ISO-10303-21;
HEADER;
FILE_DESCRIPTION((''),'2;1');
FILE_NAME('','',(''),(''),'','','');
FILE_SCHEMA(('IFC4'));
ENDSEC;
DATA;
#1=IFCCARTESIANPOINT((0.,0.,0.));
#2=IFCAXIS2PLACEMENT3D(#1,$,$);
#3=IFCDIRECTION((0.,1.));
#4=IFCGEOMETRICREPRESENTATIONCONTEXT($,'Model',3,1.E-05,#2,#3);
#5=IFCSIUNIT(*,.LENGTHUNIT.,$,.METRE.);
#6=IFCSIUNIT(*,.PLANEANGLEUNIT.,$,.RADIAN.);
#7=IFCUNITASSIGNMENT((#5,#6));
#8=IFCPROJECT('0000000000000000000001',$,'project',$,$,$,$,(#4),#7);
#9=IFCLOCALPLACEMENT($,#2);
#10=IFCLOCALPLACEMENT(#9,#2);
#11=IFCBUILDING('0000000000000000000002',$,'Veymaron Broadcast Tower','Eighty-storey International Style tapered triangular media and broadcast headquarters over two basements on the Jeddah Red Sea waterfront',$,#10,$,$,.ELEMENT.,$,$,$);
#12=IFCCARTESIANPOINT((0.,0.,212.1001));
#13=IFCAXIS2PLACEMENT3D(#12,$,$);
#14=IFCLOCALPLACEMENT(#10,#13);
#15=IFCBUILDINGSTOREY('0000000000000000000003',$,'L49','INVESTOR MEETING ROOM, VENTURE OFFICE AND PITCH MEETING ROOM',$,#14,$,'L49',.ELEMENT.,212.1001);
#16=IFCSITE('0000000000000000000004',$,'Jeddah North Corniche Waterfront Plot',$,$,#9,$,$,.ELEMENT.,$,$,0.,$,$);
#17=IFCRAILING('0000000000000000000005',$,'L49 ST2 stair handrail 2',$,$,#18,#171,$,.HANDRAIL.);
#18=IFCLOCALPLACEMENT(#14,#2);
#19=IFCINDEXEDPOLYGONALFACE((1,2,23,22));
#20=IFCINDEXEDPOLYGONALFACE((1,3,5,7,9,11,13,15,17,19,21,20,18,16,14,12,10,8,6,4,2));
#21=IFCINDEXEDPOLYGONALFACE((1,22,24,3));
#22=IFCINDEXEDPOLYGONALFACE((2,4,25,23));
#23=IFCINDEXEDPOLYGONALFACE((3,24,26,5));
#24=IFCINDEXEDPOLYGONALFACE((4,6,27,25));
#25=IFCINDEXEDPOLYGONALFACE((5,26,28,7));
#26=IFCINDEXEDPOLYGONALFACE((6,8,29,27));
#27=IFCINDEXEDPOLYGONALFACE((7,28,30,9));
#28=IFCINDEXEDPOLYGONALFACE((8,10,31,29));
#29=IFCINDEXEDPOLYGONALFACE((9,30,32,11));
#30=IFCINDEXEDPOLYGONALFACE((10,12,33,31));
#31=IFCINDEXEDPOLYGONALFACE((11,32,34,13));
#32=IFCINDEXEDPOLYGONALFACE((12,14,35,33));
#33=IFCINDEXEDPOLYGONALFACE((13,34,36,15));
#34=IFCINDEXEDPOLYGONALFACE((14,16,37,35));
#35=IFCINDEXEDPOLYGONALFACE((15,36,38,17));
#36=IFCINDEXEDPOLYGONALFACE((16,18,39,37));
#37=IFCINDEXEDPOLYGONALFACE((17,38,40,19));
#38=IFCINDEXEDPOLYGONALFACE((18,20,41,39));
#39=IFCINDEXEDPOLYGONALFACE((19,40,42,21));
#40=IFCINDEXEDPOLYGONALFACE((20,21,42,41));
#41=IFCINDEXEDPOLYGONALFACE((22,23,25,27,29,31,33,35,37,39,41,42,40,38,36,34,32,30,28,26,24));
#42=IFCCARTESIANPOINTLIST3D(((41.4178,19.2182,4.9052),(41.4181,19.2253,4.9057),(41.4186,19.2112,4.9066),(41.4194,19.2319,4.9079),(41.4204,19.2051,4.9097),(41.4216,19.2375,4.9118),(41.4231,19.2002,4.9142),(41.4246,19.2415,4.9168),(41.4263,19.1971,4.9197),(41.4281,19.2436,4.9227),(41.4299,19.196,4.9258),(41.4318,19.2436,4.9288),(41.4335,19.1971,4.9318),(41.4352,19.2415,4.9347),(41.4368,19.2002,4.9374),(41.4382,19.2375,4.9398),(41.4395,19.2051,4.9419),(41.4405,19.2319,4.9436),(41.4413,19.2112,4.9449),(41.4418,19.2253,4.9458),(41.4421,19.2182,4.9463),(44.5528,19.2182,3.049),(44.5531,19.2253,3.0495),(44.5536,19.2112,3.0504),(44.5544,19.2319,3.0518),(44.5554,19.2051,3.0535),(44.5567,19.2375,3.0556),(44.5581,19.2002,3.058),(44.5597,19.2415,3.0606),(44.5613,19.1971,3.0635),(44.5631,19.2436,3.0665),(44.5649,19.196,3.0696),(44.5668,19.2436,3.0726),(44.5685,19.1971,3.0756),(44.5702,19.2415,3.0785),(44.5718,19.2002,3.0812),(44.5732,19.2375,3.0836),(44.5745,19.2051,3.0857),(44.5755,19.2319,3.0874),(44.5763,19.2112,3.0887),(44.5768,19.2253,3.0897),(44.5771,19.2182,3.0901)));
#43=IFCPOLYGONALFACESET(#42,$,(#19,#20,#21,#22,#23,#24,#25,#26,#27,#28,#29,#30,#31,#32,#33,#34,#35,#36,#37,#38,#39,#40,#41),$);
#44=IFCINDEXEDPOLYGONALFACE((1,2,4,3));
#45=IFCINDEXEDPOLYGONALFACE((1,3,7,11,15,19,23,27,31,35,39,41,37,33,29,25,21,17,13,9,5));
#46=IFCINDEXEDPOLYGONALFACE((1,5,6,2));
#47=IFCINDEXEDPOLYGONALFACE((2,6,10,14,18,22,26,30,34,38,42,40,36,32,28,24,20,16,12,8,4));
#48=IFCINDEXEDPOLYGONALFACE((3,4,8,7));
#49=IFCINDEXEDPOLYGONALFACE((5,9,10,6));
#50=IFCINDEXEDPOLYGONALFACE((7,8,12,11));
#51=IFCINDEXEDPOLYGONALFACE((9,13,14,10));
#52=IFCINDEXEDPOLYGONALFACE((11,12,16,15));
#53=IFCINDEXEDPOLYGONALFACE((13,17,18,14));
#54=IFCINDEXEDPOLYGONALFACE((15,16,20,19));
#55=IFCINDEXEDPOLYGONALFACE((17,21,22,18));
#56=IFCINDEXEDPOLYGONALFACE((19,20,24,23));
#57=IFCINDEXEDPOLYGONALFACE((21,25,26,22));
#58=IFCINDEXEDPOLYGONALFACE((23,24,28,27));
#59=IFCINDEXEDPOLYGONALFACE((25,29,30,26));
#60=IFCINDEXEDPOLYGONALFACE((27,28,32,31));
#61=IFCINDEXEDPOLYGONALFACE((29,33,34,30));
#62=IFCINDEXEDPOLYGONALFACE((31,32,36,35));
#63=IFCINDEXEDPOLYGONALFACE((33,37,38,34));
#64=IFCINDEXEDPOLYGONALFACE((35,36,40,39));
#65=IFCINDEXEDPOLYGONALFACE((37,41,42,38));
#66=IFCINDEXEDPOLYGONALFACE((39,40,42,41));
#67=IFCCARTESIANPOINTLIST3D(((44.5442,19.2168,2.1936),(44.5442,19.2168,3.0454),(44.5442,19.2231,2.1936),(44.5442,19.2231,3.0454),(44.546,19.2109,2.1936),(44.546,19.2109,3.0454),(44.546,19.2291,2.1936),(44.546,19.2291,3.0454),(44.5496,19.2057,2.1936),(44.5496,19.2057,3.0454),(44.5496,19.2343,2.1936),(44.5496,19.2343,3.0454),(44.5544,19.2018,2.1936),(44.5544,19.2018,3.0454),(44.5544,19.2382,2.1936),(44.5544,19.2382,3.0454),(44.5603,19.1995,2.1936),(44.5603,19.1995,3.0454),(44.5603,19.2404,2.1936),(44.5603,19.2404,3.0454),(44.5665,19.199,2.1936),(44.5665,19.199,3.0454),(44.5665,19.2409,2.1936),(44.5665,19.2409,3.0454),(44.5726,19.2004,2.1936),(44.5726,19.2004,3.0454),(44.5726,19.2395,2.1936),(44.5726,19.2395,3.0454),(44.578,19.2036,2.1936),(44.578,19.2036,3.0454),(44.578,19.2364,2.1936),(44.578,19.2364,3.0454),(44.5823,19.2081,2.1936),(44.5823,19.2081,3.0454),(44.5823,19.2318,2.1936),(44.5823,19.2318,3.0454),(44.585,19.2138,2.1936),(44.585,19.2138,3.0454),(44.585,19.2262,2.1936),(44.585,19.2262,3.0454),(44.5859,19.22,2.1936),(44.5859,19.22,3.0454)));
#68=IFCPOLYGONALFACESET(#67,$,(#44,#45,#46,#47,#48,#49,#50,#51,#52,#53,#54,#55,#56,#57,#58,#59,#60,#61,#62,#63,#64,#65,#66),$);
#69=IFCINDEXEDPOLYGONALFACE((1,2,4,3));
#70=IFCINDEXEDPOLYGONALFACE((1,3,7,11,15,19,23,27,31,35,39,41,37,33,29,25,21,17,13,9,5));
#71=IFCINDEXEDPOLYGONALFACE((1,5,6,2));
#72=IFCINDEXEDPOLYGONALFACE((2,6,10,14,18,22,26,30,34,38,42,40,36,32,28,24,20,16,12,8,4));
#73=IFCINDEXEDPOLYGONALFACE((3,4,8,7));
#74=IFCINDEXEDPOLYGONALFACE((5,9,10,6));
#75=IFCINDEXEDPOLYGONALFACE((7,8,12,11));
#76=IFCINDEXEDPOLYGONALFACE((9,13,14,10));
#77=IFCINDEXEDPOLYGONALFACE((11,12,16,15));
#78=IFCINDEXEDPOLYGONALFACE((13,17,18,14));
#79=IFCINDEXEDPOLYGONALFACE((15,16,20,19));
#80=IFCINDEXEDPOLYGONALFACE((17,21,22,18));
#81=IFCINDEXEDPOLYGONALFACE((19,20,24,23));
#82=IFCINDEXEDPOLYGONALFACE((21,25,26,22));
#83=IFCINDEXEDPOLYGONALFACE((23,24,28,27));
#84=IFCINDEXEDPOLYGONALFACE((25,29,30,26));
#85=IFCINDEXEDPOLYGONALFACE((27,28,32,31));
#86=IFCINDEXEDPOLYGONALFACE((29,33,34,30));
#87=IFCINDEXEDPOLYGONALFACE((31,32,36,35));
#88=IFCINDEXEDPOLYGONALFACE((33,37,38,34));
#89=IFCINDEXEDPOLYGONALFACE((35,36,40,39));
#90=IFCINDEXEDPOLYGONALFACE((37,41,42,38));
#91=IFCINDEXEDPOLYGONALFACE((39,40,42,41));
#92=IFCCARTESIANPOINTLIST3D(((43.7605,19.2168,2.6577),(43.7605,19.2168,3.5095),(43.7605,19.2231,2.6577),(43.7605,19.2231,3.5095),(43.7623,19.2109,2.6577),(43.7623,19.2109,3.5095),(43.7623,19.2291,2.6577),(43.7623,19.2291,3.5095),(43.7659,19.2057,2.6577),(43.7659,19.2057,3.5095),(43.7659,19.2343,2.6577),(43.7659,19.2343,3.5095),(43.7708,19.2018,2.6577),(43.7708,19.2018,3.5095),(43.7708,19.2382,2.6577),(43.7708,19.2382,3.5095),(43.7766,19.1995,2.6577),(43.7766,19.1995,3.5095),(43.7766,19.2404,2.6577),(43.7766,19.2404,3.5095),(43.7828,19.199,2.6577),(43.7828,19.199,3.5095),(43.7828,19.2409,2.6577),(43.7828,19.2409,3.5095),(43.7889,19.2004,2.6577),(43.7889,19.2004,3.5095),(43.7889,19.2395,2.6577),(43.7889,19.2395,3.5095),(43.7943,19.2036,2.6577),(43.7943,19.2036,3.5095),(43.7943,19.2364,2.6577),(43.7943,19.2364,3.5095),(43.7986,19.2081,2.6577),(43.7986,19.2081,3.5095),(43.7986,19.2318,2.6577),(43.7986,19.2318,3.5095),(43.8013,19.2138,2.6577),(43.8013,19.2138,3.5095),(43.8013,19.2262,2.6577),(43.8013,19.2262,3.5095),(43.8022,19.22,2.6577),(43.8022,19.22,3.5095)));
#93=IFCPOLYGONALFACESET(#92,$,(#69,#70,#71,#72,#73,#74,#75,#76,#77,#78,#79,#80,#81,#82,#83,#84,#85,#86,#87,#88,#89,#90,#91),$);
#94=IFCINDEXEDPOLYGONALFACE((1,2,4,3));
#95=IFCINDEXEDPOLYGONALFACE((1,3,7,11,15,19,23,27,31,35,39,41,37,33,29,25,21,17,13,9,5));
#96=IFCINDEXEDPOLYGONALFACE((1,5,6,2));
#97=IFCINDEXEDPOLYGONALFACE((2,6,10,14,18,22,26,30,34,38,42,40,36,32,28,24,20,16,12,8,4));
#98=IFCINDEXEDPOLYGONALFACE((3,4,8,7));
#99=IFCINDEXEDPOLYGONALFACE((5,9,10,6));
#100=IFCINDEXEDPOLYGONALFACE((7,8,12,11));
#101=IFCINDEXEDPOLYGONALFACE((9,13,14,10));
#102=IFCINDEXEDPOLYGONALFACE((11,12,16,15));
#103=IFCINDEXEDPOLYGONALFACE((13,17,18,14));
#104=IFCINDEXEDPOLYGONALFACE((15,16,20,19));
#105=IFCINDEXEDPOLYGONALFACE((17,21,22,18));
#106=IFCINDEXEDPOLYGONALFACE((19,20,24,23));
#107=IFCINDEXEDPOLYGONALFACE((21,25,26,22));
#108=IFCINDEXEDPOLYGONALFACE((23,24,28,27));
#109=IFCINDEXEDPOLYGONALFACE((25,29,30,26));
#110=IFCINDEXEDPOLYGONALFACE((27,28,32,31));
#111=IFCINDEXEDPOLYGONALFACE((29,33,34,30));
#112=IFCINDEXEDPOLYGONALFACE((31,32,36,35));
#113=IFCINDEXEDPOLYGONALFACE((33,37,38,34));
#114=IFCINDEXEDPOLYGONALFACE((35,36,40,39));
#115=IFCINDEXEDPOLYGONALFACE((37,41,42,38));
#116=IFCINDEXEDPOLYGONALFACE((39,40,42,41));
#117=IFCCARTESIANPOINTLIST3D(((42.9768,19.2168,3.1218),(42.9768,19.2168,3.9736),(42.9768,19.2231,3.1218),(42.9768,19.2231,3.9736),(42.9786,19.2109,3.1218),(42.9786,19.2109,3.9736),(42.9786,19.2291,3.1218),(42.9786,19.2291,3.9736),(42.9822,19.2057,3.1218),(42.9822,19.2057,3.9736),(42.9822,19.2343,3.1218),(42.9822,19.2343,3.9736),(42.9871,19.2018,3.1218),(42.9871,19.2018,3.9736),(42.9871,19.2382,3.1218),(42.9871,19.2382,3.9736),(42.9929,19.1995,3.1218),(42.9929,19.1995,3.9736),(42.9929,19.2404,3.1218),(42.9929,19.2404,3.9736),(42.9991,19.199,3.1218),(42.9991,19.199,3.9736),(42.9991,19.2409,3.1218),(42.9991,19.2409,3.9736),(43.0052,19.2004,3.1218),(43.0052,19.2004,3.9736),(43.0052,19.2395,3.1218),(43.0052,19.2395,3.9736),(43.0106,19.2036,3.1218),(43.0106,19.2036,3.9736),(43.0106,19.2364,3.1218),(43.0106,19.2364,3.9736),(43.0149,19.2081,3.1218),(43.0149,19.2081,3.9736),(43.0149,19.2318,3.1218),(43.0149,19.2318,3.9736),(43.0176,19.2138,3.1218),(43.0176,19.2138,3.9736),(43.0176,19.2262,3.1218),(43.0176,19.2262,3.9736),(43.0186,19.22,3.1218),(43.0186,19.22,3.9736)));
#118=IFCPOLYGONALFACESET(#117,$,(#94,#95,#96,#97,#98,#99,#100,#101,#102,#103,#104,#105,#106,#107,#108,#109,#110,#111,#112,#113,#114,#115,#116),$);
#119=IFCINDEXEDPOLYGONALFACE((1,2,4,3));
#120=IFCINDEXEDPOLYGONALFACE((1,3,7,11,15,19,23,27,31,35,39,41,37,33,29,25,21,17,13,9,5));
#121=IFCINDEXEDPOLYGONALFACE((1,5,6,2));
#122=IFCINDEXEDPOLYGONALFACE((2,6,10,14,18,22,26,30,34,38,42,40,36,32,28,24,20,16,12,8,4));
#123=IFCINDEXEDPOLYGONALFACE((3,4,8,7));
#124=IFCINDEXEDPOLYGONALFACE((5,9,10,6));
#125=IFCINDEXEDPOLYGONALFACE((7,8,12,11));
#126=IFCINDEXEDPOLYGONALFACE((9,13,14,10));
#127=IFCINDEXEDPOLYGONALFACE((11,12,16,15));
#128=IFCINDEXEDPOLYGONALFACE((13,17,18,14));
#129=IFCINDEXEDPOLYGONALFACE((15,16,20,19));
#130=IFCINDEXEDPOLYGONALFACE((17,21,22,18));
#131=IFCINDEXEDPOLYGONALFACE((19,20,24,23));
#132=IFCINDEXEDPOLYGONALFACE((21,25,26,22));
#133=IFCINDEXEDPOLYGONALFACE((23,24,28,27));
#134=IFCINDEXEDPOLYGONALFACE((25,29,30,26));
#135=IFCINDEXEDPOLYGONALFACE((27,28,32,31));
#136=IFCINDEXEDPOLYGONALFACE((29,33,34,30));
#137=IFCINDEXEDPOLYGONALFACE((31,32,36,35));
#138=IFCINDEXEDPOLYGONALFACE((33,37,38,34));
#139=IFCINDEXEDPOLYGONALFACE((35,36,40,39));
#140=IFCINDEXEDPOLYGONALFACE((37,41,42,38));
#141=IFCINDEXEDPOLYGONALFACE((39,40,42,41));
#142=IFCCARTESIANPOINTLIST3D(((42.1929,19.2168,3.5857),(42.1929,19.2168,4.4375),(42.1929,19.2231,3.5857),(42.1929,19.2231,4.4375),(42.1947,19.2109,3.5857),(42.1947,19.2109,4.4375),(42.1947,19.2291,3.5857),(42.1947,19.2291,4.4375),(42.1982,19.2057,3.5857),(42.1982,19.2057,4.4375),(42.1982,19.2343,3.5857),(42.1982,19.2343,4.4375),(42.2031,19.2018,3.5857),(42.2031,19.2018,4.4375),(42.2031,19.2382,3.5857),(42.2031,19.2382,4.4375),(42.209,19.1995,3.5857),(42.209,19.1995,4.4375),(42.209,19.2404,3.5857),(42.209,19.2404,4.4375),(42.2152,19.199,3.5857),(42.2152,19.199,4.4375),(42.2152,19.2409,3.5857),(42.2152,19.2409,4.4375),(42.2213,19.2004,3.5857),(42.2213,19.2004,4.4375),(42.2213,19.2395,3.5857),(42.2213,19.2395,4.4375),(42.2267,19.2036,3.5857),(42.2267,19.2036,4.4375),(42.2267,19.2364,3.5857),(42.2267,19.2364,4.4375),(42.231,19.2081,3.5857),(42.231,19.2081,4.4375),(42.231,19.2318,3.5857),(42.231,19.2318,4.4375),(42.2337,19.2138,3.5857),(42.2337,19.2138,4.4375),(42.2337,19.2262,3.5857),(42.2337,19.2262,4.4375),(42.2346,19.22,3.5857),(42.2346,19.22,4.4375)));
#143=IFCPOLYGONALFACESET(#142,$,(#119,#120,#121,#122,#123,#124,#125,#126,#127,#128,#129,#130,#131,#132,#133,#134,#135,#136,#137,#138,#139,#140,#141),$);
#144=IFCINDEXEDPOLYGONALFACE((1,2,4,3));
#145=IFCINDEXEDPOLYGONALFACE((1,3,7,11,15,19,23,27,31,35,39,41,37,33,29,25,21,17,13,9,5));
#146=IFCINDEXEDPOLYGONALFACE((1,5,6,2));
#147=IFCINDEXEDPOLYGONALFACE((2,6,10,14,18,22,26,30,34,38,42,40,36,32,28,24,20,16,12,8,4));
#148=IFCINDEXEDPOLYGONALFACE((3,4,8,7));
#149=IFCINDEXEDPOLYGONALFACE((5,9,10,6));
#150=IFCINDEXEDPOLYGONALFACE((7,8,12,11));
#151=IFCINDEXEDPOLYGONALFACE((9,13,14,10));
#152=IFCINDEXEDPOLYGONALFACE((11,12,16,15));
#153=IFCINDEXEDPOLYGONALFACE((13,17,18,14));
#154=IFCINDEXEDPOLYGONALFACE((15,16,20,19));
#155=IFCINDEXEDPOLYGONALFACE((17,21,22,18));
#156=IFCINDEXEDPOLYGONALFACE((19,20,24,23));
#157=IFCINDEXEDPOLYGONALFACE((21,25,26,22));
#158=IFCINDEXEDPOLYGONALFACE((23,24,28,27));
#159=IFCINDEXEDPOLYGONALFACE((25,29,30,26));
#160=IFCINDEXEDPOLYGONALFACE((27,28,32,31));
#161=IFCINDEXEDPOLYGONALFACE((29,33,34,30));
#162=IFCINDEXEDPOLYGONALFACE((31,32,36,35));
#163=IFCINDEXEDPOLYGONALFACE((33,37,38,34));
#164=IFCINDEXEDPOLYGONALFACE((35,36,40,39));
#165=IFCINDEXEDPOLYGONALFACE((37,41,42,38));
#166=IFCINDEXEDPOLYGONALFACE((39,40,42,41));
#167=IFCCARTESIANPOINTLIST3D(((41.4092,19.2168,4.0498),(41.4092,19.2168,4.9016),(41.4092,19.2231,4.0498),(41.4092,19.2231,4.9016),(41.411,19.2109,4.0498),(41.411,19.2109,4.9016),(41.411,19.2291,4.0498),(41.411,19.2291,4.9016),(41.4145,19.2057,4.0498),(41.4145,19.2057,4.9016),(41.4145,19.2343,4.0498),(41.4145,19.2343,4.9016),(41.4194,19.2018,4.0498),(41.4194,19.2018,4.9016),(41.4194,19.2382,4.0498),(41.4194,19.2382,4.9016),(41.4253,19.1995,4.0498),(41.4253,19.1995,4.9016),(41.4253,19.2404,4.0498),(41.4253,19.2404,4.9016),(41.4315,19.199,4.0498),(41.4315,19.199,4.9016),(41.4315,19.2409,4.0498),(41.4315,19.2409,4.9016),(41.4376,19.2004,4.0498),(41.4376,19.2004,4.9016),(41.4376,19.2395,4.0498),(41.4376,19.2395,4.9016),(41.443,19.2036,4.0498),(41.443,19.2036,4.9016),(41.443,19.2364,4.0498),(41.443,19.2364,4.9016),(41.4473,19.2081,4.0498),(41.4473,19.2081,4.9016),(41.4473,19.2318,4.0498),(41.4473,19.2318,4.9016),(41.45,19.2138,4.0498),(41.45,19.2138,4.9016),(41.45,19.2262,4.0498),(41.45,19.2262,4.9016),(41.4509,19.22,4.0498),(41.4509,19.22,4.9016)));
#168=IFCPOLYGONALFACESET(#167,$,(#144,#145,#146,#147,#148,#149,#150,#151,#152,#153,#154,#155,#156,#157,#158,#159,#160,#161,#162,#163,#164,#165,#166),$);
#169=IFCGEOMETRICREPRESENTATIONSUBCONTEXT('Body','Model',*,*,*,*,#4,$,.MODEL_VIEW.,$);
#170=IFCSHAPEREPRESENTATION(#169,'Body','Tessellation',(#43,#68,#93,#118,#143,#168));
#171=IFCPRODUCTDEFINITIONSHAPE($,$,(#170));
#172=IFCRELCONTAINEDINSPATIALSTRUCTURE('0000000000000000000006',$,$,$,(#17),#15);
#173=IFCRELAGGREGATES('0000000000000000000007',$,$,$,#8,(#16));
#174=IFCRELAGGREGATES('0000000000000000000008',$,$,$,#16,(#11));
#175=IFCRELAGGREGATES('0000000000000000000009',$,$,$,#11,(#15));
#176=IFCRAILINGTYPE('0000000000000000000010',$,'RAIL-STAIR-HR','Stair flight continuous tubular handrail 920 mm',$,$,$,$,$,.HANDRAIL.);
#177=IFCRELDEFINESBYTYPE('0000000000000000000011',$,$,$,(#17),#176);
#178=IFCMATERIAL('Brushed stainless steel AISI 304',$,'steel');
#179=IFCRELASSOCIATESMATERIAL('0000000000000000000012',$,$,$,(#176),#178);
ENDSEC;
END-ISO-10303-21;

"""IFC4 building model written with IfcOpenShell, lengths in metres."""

from ifc_helpers import new_model, si_unit, direction, frame, origin, origin_2d, place, context, subcontext, project, spatial, circle, extrude, material, type_object, element, save


model = new_model("IFC4")

# Units and contexts
model_context = context("Model", 3, precision=1e-05, world=origin(), true_north=direction((0.0, 1.0)))
body_context = subcontext(model_context, "Body", "Model", "MODEL_VIEW")
ifc_project = project(units=[si_unit("LENGTHUNIT", "METRE"), si_unit("PLANEANGLEUNIT", "RADIAN")], contexts=[model_context])

# Site, building, storey
site_placement = place(None, origin())
site = spatial("IfcSite", under=ifc_project, at=site_placement, Name="Jeddah North Corniche Waterfront Plot", CompositionType="ELEMENT", RefElevation=0.0)
building_placement = place(site_placement, origin())
building = spatial("IfcBuilding", under=site, at=building_placement, Name="Veymaron Broadcast Tower", Description="Eighty-storey International Style tapered triangular media and broadcast headquarters over two basements on the Jeddah Red Sea waterfront", CompositionType="ELEMENT")
storey_placement = place(building_placement, frame((0.0, 0.0, 212.1001)))
storey = spatial("IfcBuildingStorey", under=building, at=storey_placement, Name="L49", Description="INVESTOR MEETING ROOM, VENTURE OFFICE AND PITCH MEETING ROOM", LongName="L49", CompositionType="ELEMENT", Elevation=212.1001)

# Railing
ifc_material_1 = material(Name="Brushed stainless steel AISI 304", Category="steel")
railing_type_1 = type_object("IfcRailingType", Name="RAIL-STAIR-HR", Description="Stair flight continuous tubular handrail 920 mm", PredefinedType="HANDRAIL", material=ifc_material_1)
railing_1_placement = place(storey_placement, frame((44.5649, 19.22, 2.1936)))
element("IfcRailing", 1, at=railing_1_placement, inside=storey, type_object=railing_type_1, Name="L49 ST2 stair handrail 2", PredefinedType="HANDRAIL", context=body_context, shape_type="SweptSolid", body=[
    extrude(circle(Radius=0.0239, at=origin_2d()), frame((0.0, 0.0, 0.876), z_axis=(-0.860482, 0.0, 0.509481), x_axis=(0.0, -1.0, 0.0)), (0.0, 0.0, 1.0), 3.6433),
    extrude(circle(Radius=0.021, at=origin_2d()), origin(), (0.0, 0.0, 1.0), 0.8518),
    extrude(circle(Radius=0.021, at=origin_2d()), frame((-0.7837, 0.0, 0.4641)), (0.0, 0.0, 1.0), 0.8518),
    extrude(circle(Radius=0.021, at=origin_2d()), frame((-1.5674, 0.0, 0.9282)), (0.0, 0.0, 1.0), 0.8518),
    extrude(circle(Radius=0.021, at=origin_2d()), frame((-2.3513, 0.0, 1.3921)), (0.0, 0.0, 1.0), 0.8518),
    extrude(circle(Radius=0.021, at=origin_2d()), frame((-3.135, 0.0, 1.8562)), (0.0, 0.0, 1.0), 0.8518),
])

save(model, "model.ifc")
